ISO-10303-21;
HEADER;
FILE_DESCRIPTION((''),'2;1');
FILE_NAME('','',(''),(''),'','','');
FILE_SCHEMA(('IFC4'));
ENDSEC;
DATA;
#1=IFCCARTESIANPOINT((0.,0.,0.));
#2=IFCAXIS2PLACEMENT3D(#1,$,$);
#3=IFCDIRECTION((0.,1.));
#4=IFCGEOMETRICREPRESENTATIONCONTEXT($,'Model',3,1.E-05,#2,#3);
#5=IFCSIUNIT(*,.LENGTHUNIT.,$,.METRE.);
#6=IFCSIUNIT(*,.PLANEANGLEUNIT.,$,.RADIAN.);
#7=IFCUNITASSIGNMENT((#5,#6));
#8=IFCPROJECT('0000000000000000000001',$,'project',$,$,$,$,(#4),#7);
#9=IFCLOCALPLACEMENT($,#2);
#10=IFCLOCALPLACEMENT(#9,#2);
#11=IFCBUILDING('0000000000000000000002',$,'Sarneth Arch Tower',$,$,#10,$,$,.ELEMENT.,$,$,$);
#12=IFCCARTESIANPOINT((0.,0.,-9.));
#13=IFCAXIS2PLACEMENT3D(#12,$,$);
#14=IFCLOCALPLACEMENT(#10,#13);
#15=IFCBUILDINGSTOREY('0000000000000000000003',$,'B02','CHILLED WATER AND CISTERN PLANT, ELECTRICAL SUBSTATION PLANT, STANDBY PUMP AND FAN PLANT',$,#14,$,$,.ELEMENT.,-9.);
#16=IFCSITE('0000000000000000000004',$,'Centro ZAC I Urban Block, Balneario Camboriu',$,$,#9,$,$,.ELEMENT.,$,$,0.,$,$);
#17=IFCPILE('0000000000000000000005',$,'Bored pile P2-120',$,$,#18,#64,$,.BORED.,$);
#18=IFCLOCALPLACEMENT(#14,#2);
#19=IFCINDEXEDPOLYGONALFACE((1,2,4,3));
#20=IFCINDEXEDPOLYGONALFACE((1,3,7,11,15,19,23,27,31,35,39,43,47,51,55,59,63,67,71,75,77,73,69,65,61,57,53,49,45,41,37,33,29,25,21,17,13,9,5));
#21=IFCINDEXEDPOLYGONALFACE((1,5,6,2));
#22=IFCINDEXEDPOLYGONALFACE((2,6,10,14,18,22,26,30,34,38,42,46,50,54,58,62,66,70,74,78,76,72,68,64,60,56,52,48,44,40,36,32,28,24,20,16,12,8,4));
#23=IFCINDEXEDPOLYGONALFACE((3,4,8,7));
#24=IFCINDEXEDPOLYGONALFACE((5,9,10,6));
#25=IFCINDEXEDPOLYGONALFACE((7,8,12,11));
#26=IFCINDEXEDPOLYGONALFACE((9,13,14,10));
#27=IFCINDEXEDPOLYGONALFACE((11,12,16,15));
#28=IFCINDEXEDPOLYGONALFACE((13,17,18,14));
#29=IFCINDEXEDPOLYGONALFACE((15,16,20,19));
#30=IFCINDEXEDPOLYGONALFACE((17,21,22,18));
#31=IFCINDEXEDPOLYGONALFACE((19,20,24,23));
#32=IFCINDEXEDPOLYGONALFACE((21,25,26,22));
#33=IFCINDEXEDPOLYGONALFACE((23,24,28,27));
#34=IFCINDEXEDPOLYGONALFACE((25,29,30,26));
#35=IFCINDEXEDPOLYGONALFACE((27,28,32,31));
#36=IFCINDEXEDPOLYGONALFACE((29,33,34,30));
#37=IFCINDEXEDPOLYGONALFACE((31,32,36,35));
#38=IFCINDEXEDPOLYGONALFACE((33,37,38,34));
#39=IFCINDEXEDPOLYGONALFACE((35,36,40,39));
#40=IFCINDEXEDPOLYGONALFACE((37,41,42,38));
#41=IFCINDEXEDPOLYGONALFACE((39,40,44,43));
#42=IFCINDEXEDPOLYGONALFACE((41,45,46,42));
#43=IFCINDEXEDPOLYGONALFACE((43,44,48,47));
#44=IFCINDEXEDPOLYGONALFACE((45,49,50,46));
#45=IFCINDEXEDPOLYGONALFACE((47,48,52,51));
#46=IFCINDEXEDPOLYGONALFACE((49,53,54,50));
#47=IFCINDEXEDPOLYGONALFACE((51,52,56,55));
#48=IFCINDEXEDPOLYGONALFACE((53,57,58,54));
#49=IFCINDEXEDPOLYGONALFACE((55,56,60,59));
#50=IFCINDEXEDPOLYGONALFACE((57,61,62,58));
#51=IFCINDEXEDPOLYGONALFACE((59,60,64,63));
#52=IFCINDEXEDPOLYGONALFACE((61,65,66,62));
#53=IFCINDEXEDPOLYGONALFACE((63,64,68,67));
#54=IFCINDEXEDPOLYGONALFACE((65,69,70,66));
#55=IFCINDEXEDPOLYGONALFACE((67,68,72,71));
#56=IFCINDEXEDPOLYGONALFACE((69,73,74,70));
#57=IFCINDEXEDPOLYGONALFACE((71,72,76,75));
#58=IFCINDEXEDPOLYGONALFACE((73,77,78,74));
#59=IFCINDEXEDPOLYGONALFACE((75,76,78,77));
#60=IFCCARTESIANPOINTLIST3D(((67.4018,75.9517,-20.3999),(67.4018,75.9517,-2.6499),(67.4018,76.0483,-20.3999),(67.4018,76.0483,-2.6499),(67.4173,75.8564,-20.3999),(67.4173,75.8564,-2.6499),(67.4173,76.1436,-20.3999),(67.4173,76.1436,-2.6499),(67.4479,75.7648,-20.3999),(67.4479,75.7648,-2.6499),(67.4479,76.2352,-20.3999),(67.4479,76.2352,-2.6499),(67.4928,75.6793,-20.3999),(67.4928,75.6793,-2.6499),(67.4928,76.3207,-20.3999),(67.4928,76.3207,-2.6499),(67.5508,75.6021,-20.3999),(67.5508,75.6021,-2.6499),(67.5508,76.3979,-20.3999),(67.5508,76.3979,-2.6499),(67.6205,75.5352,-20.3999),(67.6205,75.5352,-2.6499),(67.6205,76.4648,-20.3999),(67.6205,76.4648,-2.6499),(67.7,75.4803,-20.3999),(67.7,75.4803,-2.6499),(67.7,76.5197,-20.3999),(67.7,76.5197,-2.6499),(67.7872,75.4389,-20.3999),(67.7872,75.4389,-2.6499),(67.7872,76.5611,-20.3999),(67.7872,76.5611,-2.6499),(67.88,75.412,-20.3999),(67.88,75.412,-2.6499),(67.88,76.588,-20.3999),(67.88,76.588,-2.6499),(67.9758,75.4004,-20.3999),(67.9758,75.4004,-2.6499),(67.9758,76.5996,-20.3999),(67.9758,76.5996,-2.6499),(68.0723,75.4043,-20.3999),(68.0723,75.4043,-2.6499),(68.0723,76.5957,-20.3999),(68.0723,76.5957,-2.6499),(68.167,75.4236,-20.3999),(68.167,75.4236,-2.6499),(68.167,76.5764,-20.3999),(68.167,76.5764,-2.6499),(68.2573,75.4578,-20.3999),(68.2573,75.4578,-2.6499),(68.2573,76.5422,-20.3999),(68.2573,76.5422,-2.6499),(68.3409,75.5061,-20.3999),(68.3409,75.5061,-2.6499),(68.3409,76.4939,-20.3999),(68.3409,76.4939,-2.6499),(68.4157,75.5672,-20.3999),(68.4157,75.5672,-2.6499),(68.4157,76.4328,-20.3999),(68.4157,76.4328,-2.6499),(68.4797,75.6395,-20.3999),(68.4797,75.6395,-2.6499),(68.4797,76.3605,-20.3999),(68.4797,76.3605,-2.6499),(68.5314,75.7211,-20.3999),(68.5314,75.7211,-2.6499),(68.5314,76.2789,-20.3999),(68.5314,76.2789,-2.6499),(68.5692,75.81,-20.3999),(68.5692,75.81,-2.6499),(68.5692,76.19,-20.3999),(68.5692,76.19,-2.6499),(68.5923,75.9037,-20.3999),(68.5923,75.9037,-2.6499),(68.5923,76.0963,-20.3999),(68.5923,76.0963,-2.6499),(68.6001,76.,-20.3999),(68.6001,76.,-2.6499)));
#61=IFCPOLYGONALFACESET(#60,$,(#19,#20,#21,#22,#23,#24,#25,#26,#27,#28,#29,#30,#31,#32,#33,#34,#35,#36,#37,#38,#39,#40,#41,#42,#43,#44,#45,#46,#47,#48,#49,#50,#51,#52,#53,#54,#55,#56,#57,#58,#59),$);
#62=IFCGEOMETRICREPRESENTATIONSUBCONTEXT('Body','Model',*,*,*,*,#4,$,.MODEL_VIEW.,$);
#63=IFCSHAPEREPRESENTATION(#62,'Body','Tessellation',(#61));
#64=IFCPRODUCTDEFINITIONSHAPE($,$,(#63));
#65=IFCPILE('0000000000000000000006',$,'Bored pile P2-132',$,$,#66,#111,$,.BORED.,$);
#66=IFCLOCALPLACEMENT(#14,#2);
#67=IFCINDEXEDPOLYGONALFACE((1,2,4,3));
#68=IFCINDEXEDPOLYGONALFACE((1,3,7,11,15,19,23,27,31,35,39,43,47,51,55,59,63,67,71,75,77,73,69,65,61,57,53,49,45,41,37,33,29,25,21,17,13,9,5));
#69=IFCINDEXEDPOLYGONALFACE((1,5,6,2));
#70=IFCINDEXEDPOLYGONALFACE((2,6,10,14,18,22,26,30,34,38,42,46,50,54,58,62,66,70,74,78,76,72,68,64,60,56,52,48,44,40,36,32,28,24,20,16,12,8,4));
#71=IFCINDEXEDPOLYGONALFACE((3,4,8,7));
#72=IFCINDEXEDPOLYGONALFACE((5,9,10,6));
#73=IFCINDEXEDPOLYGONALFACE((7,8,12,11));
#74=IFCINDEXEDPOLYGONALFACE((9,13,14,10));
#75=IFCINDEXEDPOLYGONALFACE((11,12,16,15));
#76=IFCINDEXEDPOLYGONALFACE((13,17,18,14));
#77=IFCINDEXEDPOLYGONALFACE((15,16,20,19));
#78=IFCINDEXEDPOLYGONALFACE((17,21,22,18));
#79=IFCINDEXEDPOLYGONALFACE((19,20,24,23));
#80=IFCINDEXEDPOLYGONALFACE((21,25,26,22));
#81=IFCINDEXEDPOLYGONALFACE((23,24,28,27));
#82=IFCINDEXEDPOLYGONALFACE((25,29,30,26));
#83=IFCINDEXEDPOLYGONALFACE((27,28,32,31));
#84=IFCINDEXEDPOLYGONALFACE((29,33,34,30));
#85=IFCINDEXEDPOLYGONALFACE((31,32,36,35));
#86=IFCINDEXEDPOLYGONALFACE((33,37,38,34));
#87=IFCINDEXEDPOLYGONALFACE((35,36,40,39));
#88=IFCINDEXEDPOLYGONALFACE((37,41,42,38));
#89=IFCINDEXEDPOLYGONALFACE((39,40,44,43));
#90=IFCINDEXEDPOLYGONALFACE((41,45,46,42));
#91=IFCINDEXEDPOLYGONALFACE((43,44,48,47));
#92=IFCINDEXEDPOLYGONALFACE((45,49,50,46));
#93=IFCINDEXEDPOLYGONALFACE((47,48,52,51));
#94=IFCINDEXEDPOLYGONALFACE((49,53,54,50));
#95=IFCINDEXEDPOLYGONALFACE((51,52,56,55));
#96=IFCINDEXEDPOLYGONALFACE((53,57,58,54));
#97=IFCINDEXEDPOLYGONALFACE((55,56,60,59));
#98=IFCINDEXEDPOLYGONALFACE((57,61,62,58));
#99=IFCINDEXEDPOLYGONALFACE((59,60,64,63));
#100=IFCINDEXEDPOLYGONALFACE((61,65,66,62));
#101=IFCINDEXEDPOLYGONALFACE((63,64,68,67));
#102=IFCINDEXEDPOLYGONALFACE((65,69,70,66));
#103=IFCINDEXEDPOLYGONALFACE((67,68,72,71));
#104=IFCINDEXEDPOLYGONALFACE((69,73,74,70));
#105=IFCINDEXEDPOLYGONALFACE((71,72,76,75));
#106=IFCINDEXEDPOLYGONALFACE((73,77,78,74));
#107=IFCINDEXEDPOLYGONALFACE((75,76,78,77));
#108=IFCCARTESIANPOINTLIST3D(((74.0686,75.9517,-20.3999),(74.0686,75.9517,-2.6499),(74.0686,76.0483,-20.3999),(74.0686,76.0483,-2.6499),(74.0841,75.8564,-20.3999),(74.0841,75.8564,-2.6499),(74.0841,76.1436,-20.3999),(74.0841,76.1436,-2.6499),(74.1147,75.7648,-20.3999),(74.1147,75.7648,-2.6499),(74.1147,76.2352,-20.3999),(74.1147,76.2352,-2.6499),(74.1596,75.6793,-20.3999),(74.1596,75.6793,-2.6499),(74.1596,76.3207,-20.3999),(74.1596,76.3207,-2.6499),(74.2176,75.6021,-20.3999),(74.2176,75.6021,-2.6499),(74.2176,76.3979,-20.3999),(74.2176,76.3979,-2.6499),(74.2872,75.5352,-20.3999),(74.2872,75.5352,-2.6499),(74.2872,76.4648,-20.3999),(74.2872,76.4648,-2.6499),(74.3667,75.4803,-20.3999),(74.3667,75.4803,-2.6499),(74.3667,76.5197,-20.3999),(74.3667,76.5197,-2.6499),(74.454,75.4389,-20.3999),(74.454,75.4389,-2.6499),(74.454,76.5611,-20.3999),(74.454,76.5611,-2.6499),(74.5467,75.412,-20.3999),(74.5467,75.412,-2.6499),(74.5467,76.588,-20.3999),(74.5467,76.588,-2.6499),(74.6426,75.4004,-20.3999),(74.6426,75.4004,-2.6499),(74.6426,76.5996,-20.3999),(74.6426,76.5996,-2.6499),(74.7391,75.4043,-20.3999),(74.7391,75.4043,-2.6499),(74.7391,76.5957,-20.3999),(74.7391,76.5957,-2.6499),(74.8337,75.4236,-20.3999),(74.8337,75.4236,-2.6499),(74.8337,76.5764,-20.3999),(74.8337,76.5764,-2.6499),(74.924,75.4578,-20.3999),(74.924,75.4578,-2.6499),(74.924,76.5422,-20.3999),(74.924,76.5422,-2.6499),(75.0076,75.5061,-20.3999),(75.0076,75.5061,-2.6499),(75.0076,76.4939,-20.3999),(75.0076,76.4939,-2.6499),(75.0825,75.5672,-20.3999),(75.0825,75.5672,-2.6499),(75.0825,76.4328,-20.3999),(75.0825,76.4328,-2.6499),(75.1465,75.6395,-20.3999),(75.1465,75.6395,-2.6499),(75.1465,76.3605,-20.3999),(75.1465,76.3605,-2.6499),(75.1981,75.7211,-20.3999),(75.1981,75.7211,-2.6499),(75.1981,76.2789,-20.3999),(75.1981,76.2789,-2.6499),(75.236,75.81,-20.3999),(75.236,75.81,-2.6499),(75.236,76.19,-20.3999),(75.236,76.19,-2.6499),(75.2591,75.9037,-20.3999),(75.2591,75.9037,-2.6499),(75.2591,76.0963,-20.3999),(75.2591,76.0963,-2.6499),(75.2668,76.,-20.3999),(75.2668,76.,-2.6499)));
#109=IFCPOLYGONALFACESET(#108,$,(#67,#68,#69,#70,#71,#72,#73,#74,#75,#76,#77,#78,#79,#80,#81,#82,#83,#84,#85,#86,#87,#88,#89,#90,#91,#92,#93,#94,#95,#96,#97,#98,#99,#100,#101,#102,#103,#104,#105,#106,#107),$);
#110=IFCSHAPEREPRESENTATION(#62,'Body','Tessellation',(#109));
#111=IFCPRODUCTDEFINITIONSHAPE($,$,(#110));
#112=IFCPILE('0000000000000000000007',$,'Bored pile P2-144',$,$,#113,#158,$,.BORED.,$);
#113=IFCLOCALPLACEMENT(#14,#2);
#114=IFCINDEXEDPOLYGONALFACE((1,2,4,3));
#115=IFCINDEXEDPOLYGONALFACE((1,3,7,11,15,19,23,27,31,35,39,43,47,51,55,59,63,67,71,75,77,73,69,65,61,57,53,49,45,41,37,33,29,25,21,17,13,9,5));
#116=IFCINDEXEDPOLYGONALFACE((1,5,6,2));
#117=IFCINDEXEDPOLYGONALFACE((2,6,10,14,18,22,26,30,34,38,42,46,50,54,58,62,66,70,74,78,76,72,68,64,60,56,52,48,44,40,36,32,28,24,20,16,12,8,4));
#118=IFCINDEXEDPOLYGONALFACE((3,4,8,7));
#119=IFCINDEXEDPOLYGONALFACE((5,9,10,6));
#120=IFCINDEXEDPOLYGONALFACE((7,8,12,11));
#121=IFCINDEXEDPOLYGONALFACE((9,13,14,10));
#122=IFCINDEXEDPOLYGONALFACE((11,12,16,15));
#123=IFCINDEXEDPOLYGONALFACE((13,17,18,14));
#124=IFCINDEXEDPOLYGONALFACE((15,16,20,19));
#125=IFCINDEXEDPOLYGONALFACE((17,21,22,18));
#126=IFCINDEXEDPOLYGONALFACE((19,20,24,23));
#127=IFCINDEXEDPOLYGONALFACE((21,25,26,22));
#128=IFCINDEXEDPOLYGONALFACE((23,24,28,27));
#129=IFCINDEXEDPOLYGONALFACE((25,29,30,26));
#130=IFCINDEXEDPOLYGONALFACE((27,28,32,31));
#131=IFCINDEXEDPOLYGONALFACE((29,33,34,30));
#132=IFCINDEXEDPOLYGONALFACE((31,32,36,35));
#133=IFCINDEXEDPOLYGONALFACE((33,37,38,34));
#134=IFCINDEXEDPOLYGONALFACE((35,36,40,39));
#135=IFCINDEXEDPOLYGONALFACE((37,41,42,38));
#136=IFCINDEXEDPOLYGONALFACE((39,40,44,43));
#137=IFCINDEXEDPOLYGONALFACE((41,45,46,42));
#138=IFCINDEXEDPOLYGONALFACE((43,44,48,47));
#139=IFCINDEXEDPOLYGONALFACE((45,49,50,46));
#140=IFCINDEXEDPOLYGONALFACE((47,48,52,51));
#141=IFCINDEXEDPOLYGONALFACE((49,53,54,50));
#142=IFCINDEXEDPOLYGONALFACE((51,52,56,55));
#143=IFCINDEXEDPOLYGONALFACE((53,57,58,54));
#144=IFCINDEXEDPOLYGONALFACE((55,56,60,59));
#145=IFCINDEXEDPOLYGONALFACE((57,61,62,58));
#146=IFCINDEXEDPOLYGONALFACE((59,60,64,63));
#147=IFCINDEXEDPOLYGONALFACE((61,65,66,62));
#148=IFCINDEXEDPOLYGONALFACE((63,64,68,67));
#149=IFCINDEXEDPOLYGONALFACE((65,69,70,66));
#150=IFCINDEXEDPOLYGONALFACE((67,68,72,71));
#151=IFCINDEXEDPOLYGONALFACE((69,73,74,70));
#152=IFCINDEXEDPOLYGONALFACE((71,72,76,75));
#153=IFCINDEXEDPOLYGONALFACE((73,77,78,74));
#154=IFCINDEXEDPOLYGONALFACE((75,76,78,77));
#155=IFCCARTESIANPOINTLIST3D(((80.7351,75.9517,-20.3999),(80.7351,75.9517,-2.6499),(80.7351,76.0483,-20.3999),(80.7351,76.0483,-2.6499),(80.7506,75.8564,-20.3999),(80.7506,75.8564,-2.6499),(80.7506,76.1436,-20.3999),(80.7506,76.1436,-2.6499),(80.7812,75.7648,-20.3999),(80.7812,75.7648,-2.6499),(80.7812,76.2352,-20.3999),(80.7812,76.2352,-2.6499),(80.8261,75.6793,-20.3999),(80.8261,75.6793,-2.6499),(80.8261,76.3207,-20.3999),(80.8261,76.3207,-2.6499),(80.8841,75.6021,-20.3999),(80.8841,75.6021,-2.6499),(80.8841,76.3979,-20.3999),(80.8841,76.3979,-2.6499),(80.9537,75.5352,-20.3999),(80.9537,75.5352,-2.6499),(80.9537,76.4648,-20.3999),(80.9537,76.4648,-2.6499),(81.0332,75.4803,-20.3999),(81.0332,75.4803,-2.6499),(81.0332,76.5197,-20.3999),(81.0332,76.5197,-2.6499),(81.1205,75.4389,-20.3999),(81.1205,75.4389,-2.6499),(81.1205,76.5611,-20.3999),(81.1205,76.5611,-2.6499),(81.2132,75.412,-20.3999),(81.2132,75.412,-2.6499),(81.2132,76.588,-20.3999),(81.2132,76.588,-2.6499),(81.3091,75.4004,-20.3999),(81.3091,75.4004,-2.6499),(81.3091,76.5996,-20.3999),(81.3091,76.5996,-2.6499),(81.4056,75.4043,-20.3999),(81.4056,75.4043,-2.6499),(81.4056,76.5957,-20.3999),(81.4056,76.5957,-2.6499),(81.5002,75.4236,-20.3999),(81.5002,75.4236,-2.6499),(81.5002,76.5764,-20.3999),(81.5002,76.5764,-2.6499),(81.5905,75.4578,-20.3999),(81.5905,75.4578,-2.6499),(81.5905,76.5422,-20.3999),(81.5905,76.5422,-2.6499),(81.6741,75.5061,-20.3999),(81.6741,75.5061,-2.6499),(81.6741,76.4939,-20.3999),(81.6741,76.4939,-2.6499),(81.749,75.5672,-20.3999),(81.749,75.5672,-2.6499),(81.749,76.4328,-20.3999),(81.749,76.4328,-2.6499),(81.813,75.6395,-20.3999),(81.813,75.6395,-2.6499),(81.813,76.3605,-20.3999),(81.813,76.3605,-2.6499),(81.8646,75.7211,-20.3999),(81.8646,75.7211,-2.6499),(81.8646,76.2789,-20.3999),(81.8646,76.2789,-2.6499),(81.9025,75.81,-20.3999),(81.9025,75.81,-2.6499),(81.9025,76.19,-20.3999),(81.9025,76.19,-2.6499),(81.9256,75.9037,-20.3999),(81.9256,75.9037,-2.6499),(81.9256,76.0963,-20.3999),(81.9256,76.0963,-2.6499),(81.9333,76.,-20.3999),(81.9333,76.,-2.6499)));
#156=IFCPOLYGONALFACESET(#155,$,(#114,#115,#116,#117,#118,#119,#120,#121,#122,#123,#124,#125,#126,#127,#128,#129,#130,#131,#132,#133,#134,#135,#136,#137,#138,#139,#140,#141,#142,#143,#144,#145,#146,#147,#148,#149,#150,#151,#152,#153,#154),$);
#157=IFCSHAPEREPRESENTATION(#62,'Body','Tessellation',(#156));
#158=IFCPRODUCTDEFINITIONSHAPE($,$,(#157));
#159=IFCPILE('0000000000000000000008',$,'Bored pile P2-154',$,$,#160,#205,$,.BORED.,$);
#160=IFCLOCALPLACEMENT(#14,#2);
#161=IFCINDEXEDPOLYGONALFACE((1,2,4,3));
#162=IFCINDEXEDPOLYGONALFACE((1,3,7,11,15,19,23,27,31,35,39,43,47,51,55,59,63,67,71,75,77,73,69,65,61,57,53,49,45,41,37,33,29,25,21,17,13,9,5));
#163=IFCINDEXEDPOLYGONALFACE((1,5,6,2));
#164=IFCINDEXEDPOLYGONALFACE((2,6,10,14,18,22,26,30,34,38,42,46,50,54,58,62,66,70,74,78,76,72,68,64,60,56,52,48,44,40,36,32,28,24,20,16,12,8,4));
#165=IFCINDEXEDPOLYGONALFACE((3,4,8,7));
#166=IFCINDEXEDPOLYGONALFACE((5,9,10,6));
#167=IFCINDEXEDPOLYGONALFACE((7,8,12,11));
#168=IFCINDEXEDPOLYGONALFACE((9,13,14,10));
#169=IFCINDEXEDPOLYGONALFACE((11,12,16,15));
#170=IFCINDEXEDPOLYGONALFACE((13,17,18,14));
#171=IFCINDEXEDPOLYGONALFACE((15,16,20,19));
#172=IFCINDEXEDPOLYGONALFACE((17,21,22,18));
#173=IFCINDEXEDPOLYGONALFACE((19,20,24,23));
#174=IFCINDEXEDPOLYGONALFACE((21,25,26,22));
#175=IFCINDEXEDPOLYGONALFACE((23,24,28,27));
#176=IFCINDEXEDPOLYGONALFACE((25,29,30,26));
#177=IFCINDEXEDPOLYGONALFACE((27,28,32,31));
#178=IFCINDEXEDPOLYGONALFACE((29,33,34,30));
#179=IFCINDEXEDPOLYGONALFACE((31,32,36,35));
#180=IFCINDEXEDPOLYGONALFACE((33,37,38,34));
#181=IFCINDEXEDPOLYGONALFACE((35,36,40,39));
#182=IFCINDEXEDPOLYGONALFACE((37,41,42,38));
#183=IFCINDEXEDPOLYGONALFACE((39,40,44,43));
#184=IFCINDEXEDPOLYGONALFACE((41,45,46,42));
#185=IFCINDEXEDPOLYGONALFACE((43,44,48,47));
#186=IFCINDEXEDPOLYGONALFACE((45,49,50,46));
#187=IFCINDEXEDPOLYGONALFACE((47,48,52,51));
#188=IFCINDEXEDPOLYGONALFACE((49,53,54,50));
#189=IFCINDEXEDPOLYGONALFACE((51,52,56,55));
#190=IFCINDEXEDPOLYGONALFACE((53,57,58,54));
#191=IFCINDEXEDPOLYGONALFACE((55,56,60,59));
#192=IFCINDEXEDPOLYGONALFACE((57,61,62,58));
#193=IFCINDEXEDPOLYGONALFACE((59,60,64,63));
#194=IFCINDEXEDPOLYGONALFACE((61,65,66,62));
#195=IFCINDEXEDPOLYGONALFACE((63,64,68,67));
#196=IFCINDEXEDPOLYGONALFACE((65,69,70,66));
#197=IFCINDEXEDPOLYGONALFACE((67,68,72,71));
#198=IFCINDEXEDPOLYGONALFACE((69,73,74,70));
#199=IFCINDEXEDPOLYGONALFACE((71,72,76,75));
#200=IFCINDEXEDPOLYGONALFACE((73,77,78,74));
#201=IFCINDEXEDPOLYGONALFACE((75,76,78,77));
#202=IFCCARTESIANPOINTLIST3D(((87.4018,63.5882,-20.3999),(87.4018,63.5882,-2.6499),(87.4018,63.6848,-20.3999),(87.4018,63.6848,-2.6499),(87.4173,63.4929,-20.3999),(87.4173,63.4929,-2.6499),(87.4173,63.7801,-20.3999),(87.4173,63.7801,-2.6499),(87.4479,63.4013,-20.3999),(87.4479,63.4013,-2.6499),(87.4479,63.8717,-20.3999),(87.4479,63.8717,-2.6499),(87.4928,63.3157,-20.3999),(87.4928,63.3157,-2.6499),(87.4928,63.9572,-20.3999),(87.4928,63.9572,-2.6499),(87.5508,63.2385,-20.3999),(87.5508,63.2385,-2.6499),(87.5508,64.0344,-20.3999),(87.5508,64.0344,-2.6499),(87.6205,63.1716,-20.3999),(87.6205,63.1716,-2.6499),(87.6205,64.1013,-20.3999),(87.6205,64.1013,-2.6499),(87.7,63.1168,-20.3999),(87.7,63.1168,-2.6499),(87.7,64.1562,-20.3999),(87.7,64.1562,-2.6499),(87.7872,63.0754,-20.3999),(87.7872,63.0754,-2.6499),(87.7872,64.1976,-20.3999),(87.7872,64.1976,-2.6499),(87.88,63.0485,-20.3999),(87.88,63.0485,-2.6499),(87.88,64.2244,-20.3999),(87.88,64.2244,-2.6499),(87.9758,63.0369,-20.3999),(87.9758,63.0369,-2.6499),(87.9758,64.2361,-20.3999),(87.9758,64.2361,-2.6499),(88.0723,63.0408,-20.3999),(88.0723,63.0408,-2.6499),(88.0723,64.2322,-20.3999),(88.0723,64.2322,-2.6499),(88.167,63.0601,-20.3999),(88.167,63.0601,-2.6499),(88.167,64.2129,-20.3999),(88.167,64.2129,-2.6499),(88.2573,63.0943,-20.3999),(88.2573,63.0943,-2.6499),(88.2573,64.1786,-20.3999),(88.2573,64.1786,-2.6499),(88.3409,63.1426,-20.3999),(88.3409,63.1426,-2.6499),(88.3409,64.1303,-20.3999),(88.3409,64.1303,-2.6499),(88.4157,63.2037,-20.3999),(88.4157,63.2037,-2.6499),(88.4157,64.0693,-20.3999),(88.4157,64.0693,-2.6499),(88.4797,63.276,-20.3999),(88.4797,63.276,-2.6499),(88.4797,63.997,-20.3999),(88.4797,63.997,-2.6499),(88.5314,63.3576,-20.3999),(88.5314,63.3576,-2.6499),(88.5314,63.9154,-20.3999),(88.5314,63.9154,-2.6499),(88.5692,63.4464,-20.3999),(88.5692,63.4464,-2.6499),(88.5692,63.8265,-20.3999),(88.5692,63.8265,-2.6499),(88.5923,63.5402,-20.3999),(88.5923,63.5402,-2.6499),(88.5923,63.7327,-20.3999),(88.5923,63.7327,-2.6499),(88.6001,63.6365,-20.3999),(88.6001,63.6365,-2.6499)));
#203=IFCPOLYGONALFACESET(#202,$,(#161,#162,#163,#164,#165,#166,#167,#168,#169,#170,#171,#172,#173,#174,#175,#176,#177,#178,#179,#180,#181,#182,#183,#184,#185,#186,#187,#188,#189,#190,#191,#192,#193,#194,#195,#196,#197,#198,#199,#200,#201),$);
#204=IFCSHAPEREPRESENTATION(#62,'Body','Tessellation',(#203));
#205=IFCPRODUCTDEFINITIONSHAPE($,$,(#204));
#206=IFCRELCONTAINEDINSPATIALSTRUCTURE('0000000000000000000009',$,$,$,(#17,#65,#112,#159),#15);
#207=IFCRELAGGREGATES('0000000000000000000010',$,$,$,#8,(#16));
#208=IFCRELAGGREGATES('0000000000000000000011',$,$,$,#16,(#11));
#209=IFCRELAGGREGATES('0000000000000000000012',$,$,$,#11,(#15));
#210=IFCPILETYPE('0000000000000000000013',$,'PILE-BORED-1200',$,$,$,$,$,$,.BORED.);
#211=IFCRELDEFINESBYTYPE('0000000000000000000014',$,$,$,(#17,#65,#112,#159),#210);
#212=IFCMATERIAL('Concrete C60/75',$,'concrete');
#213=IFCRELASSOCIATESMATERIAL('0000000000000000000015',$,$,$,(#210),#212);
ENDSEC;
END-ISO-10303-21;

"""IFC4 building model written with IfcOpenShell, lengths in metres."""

from ifc_helpers import new_model, si_unit, direction, frame, origin, origin_2d, place, context, subcontext, project, spatial, circle, extrude, material, material_profile, profile_set, type_object, element, save


model = new_model("IFC4")

# Units and contexts
model_context = context("Model", 3, precision=1e-05, world=origin(), true_north=direction((0.0, 1.0)))
body_context = subcontext(model_context, "Body", "Model", "MODEL_VIEW")
ifc_project = project(units=[si_unit("LENGTHUNIT", "METRE"), si_unit("PLANEANGLEUNIT", "RADIAN")], contexts=[model_context])

# Site, building, storey
site_placement = place(None, origin())
site = spatial("IfcSite", under=ifc_project, at=site_placement, Name="Centro ZAC I Urban Block, Balneario Camboriu", CompositionType="ELEMENT", RefElevation=0.0)
building_placement = place(site_placement, origin())
building = spatial("IfcBuilding", under=site, at=building_placement, Name="Sarneth Arch Tower", CompositionType="ELEMENT")
storey_placement = place(building_placement, frame((0.0, 0.0, -9.0)))
storey = spatial("IfcBuildingStorey", under=building, at=storey_placement, Name="B02", Description="CHILLED WATER AND CISTERN PLANT, ELECTRICAL SUBSTATION PLANT, STANDBY PUMP AND FAN PLANT", CompositionType="ELEMENT", Elevation=-9.0)

# Piles
ifc_material_1 = material(Name="Concrete C60/75", Category="concrete")
ifc_material_profile_1 = material_profile(ifc_material_1, circle(Radius=0.6001, at=origin_2d()), Name="PILE-D1200")
ifc_profile_set_1 = profile_set([ifc_material_profile_1], Name="Concrete C60/75")
pile_type_1 = type_object("IfcPileType", Name="PILE-BORED-1200", PredefinedType="BORED", material=ifc_profile_set_1)
for number, where, z_axis, x_axis, name in (
    (1, (68.0, 76.0, -2.6499), (0.0, 0.0, -1.0), (1.0, 0.0, 0.0), "Bored pile P2-120"),
    (2, (74.6667, 76.0, -2.6499), (0.0, 0.0, -1.0), (1.0, 0.0, 0.0), "Bored pile P2-132"),
    (3, (81.3333, 76.0, -2.6499), (0.0, 0.0, -1.0), (1.0, 0.0, 0.0), "Bored pile P2-144"),
    (4, (88.0, 63.6365, -2.6499), (0.0, 0.0, -1.0), (1.0, 0.0, 0.0), "Bored pile P2-154"),
):
    element("IfcPile", number, at=place(storey_placement, frame(where, z_axis=z_axis, x_axis=x_axis)), inside=storey, type_object=pile_type_1, Name=name, PredefinedType="BORED", context=body_context, shape_type="SweptSolid", body=[
        extrude(circle(Radius=0.6001, at=origin_2d()), origin(), (0.0, 0.0, 1.0), 17.75),
    ])

save(model, "model.ifc")
